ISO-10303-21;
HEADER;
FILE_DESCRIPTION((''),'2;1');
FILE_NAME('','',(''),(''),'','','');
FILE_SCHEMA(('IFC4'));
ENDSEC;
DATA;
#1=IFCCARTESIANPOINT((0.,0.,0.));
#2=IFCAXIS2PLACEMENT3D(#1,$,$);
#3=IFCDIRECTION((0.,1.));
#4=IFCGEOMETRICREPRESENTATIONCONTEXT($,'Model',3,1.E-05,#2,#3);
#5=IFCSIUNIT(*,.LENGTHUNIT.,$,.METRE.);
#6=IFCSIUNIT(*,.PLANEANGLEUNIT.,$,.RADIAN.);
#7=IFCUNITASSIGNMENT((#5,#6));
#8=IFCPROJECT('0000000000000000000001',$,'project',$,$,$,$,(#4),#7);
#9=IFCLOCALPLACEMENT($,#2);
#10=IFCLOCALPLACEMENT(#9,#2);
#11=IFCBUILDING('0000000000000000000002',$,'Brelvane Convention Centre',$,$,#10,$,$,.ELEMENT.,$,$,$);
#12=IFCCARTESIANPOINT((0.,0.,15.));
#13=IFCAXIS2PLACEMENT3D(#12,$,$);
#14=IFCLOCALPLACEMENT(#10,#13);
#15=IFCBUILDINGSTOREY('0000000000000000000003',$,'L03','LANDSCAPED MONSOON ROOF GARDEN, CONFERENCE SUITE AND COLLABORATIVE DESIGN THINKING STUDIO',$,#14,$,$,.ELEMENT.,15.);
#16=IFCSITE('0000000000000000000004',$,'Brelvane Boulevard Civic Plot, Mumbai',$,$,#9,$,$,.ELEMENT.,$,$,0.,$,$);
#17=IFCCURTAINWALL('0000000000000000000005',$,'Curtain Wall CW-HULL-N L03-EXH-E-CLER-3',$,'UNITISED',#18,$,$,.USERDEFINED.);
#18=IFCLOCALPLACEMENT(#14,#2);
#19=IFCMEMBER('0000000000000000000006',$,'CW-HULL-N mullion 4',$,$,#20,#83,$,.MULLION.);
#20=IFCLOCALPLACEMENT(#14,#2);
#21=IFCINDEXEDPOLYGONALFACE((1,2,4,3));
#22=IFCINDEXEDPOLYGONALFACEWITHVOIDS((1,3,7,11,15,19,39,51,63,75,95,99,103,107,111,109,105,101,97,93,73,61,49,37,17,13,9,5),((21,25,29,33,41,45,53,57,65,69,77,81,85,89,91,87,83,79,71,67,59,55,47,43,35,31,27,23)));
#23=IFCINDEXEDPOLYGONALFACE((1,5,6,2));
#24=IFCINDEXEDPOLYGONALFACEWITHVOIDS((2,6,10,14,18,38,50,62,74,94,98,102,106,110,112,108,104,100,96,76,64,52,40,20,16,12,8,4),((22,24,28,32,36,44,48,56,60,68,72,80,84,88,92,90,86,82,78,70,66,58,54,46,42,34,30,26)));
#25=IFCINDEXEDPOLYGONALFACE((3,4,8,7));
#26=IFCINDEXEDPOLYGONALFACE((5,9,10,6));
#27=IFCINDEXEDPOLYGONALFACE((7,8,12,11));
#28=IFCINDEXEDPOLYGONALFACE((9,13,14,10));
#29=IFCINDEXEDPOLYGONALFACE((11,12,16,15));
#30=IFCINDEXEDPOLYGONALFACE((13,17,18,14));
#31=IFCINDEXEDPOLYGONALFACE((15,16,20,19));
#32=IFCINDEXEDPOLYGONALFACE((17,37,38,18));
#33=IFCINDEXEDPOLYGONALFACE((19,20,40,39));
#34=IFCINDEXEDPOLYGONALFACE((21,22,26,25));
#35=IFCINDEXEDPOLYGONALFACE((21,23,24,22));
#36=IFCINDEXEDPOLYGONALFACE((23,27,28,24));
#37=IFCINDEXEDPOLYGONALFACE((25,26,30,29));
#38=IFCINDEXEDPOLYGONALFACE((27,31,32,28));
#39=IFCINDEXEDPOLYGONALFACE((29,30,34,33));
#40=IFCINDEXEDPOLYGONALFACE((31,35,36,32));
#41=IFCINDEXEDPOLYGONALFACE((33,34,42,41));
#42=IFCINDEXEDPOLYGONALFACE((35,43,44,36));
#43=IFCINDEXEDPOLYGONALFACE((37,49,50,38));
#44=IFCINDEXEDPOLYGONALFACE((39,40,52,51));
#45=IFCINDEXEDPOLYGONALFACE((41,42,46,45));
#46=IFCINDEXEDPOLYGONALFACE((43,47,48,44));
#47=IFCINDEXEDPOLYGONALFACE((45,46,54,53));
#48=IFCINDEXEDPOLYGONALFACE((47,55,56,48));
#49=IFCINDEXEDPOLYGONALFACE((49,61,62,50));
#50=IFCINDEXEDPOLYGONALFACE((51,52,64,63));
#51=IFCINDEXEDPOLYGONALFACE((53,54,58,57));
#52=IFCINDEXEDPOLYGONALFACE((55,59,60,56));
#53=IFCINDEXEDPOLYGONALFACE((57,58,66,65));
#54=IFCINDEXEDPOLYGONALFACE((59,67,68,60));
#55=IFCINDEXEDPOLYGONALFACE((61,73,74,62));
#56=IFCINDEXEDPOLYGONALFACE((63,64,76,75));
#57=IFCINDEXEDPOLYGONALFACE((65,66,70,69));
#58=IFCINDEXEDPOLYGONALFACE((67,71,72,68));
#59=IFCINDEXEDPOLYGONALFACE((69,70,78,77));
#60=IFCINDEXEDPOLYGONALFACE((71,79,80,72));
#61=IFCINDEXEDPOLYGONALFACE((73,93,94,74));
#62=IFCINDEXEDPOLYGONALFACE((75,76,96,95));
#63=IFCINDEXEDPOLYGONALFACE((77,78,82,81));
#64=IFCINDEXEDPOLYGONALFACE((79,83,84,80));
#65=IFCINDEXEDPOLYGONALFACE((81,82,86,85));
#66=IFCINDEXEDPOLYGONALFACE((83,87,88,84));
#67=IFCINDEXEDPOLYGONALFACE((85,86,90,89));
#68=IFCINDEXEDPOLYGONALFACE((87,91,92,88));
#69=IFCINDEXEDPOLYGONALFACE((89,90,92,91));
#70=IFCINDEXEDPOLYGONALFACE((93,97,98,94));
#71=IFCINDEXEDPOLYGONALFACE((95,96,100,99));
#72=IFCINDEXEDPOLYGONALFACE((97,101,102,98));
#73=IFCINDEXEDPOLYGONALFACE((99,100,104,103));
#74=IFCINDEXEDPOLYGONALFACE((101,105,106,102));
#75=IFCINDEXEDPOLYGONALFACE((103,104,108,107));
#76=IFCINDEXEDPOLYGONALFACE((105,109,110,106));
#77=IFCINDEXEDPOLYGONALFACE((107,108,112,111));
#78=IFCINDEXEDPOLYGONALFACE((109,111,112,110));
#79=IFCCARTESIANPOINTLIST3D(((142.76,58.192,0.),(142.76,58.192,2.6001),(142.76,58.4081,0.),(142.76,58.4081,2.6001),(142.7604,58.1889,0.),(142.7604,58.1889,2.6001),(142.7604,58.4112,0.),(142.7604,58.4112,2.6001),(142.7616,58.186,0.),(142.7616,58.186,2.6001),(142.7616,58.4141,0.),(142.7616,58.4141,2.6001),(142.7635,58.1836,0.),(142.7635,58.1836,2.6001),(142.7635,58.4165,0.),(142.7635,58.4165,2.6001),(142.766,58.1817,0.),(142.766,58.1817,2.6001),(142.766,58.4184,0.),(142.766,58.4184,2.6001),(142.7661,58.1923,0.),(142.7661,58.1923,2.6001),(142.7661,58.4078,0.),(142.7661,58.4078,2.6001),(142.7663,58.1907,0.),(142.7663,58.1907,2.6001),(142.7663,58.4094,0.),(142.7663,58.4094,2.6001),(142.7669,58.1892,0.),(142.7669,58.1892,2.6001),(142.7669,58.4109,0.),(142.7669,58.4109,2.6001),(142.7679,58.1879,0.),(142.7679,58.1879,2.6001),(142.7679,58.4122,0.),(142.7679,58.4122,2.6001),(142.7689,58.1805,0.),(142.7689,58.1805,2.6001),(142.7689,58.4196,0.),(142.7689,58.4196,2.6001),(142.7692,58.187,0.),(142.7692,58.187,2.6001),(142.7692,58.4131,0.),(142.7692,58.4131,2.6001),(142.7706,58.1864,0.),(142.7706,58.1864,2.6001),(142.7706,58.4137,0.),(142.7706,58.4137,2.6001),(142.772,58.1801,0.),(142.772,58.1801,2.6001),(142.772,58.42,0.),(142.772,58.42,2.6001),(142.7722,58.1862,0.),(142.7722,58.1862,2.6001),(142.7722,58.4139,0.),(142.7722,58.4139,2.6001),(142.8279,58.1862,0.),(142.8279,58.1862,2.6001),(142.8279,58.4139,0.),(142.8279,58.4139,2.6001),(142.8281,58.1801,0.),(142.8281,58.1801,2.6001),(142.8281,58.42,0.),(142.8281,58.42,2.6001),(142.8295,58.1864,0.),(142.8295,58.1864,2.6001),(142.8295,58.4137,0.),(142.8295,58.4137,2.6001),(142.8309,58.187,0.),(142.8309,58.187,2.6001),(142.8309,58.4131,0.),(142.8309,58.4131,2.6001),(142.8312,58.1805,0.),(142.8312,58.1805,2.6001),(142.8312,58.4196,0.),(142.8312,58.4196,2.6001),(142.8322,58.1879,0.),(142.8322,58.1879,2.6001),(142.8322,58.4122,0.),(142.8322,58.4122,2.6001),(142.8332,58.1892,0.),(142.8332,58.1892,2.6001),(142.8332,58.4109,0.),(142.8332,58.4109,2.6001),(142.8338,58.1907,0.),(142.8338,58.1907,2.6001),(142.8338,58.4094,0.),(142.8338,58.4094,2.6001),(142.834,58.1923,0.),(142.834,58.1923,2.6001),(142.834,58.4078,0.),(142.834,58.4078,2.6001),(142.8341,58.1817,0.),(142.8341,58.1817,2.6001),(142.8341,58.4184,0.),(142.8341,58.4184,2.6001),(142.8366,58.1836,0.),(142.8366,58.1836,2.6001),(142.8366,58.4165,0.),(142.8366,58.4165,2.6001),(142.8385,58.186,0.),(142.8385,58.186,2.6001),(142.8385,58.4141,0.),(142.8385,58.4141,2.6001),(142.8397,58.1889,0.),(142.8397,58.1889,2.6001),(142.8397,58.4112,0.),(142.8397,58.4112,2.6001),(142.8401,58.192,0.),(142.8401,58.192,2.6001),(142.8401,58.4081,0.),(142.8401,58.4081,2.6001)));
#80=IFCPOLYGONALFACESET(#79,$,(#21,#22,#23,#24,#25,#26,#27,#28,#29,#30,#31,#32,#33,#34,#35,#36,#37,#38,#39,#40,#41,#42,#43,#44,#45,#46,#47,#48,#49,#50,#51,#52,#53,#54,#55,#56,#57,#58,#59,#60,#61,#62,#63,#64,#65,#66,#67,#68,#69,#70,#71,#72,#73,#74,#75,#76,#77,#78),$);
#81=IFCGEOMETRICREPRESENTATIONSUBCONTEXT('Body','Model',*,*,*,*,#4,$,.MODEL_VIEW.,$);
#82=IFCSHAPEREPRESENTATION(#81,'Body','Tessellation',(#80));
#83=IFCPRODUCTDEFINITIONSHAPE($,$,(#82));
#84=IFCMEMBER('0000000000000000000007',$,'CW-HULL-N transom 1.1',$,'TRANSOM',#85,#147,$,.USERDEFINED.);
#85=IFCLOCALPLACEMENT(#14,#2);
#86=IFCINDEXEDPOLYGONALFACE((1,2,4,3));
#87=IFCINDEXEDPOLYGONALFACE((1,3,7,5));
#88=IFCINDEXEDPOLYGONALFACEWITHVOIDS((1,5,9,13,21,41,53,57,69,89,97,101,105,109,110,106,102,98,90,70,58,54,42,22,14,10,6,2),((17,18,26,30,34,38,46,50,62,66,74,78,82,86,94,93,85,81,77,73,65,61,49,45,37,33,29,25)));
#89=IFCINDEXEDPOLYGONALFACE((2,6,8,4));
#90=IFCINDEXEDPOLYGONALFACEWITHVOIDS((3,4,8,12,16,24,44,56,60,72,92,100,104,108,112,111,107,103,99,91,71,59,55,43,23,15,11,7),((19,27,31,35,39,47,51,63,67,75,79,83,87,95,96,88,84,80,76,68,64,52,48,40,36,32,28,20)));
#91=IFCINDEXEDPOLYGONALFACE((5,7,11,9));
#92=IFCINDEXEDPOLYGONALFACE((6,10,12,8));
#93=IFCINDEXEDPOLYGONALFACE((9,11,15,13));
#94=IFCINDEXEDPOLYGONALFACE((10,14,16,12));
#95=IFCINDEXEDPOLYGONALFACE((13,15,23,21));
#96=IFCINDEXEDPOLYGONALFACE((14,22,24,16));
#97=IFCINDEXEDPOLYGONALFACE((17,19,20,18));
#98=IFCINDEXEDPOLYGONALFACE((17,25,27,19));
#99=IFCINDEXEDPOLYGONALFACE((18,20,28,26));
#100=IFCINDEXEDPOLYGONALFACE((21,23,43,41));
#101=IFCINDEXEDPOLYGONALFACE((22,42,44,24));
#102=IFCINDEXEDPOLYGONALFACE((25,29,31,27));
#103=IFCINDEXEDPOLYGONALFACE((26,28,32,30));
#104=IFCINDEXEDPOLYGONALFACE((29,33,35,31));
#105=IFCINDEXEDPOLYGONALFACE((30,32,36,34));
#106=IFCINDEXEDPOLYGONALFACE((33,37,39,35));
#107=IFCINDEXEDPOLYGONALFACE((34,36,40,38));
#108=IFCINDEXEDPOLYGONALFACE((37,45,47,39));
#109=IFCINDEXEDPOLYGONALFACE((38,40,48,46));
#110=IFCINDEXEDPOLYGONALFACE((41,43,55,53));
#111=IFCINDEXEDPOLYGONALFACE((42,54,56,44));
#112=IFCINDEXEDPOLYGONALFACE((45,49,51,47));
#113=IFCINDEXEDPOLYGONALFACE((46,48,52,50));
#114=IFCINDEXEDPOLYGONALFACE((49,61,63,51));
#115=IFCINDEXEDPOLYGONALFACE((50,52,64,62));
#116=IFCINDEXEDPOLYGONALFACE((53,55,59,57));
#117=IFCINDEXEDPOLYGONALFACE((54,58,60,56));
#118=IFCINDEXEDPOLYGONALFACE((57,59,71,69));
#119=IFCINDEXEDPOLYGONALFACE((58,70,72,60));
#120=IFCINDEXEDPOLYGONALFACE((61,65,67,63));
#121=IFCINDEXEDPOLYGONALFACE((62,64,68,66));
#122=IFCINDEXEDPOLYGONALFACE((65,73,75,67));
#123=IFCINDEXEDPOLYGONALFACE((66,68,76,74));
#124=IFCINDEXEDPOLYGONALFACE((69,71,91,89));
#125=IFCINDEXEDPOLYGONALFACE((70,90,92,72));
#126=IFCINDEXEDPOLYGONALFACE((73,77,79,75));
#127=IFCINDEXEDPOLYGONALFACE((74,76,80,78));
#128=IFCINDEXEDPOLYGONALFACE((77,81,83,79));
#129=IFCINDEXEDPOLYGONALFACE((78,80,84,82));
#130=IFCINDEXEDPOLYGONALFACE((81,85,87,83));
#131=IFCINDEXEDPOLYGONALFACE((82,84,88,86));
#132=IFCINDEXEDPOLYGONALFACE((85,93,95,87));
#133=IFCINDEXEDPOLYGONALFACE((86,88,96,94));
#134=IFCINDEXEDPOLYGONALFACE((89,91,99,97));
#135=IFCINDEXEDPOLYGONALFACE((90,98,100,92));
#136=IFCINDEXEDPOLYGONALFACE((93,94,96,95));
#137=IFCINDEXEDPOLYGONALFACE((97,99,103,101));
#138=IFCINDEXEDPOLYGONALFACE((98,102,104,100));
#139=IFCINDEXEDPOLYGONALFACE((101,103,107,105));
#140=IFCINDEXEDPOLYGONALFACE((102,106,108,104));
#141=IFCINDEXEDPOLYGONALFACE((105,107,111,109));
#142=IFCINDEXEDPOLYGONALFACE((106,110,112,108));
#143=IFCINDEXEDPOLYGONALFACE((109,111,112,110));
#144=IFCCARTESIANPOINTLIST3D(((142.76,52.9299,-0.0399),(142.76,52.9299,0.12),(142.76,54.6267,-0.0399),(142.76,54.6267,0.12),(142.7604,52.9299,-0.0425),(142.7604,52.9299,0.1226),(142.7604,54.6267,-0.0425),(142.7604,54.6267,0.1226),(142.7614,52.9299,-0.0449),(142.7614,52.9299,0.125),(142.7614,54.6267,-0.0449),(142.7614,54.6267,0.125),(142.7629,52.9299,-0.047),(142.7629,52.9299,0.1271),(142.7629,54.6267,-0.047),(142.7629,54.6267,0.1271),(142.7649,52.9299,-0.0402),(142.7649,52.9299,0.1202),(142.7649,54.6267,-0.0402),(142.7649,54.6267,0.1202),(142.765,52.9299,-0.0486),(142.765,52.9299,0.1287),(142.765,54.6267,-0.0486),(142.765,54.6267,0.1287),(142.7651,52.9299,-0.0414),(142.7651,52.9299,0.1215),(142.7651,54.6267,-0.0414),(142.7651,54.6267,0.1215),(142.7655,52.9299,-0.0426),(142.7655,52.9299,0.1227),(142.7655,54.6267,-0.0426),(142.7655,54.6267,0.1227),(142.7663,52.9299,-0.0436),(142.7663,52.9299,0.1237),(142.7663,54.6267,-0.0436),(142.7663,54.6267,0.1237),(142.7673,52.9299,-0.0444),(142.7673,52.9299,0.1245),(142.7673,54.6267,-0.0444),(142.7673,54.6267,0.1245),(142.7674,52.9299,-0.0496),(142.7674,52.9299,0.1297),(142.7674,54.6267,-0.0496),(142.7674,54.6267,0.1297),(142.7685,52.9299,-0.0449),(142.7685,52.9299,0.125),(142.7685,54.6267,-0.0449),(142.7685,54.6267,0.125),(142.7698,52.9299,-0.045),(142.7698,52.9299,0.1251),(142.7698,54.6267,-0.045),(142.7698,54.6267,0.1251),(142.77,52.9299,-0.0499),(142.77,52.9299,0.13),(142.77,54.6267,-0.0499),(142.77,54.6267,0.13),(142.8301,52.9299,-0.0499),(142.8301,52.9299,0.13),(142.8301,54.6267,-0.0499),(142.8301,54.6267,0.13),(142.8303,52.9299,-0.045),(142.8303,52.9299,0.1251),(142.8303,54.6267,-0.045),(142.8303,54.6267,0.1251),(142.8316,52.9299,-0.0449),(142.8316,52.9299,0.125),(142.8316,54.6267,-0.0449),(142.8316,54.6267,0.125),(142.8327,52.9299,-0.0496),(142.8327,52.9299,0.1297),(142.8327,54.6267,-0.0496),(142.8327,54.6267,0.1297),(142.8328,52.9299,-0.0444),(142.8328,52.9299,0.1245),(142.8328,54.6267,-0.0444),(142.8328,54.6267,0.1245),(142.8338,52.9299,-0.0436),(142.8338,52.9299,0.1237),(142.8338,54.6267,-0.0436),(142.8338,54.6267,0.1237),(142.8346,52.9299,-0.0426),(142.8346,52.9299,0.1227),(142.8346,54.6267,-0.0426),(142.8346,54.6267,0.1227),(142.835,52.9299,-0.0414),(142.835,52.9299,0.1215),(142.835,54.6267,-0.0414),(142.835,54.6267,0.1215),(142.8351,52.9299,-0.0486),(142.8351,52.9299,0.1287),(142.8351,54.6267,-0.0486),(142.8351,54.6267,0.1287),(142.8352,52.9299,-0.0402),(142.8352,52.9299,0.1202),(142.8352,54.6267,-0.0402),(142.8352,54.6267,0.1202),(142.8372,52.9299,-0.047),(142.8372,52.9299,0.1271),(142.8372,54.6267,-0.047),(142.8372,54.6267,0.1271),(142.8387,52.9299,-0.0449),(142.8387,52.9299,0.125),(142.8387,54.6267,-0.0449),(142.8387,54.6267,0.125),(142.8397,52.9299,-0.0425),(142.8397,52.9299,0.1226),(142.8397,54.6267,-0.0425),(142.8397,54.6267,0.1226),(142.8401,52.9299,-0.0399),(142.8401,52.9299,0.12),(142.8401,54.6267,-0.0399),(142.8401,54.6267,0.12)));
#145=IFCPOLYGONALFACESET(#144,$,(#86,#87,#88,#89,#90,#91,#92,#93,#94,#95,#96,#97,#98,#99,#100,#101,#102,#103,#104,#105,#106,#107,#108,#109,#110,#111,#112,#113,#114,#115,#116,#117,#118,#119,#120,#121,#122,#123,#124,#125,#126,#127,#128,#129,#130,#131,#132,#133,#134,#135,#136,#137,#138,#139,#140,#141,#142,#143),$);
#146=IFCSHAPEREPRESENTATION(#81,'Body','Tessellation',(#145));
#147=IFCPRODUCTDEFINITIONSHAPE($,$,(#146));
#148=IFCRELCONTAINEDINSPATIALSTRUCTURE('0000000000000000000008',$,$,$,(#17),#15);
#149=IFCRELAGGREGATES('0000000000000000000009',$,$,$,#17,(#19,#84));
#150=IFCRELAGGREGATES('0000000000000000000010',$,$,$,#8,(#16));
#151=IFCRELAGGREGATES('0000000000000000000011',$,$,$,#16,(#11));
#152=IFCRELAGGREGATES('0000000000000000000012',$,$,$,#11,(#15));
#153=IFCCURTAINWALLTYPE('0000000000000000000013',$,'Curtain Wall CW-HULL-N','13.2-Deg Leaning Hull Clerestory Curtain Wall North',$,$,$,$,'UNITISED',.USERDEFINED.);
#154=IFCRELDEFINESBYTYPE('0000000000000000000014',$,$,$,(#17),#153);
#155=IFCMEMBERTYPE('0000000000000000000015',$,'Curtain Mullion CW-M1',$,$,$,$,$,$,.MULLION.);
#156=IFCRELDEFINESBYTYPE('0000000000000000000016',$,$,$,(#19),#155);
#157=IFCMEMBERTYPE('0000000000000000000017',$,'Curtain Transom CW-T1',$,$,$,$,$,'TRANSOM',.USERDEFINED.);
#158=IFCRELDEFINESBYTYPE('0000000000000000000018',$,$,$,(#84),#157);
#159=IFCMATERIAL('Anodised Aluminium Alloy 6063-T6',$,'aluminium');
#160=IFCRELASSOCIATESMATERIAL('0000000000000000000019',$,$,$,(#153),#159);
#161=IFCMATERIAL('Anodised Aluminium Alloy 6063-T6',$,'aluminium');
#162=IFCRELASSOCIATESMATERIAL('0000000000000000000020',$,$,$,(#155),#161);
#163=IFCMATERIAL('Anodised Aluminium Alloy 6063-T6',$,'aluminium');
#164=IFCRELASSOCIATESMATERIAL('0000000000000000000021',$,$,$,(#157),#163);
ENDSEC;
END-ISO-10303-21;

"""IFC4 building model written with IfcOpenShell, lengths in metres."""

from ifc_helpers import new_model, si_unit, direction, frame, origin, origin_2d, place, context, subcontext, project, spatial, hollow_rectangle, extrude, material, material_profile, profile_set, type_object, element, aggregate, save


model = new_model("IFC4")

# Units and contexts
model_context = context("Model", 3, precision=1e-05, world=origin(), true_north=direction((0.0, 1.0)))
body_context = subcontext(model_context, "Body", "Model", "MODEL_VIEW")
ifc_project = project(units=[si_unit("LENGTHUNIT", "METRE"), si_unit("PLANEANGLEUNIT", "RADIAN")], contexts=[model_context])

# Site, building, storey
site_placement = place(None, origin())
site = spatial("IfcSite", under=ifc_project, at=site_placement, Name="Brelvane Boulevard Civic Plot, Mumbai", CompositionType="ELEMENT", RefElevation=0.0)
building_placement = place(site_placement, origin())
building = spatial("IfcBuilding", under=site, at=building_placement, Name="Brelvane Convention Centre", CompositionType="ELEMENT")
storey_placement = place(building_placement, frame((0.0, 0.0, 15.0)))
storey = spatial("IfcBuildingStorey", under=building, at=storey_placement, Name="L03", Description="LANDSCAPED MONSOON ROOF GARDEN, CONFERENCE SUITE AND COLLABORATIVE DESIGN THINKING STUDIO", CompositionType="ELEMENT", Elevation=15.0)

# Curtain wall, members
ifc_material_1 = material(Name="Anodised Aluminium Alloy 6063-T6", Category="aluminium")
curtain_wall_type = type_object("IfcCurtainWallType", Name="Curtain Wall CW-HULL-N", Description="13.2-Deg Leaning Hull Clerestory Curtain Wall North", ElementType="UNITISED", PredefinedType="USERDEFINED", material=ifc_material_1)
curtain_wall_placement = place(storey_placement, origin())
curtain_wall = element("IfcCurtainWall", 1, at=curtain_wall_placement, inside=storey, type_object=curtain_wall_type, Name="Curtain Wall CW-HULL-N L03-EXH-E-CLER-3", ObjectType="UNITISED", PredefinedType="USERDEFINED")
ifc_material_2 = material(Name="Anodised Aluminium Alloy 6063-T6", Category="aluminium")
ifc_material_profile_1 = material_profile(ifc_material_2, hollow_rectangle(XDim=0.0801, YDim=0.24, WallThickness=0.0061, InnerFilletRadius=0.0061, OuterFilletRadius=0.012, at=origin_2d()), Name="ALU-M 240x80x6.0")
ifc_profile_set_1 = profile_set([ifc_material_profile_1], Name="Anodised Aluminium Alloy 6063-T6")
member_type_1 = type_object("IfcMemberType", Name="Curtain Mullion CW-M1", PredefinedType="MULLION", material=ifc_profile_set_1)
member_1_placement = place(storey_placement, frame((142.8, 58.3, 0.0), z_axis=(0.0, 0.0, 1.0), x_axis=(-1.0, 0.0, 0.0)))
member_1 = element("IfcMember", 2, at=member_1_placement, type_object=member_type_1, Name="CW-HULL-N mullion 4", PredefinedType="MULLION", context=body_context, shape_type="SweptSolid", body=[
    extrude(hollow_rectangle(XDim=0.0801, YDim=0.24, WallThickness=0.0061, InnerFilletRadius=0.0061, OuterFilletRadius=0.012, at=origin_2d()), origin(), (0.0, 0.0, 1.0), 2.6001),
])
ifc_material_3 = material(Name="Anodised Aluminium Alloy 6063-T6", Category="aluminium")
ifc_material_profile_2 = material_profile(ifc_material_3, hollow_rectangle(XDim=0.0801, YDim=0.1799, WallThickness=0.0049, InnerFilletRadius=0.0049, OuterFilletRadius=0.01, at=origin_2d()), Name="ALU-T 180x80x5.0")
ifc_profile_set_2 = profile_set([ifc_material_profile_2], Name="Anodised Aluminium Alloy 6063-T6")
member_type_2 = type_object("IfcMemberType", Name="Curtain Transom CW-T1", ElementType="TRANSOM", PredefinedType="USERDEFINED", material=ifc_profile_set_2)
member_2_placement = place(storey_placement, frame((142.8, 52.9299, 0.04), z_axis=(0.0, 1.0, 0.0), x_axis=(-1.0, 0.0, 0.0)))
member_2 = element("IfcMember", 3, at=member_2_placement, type_object=member_type_2, Name="CW-HULL-N transom 1.1", ObjectType="TRANSOM", PredefinedType="USERDEFINED", context=body_context, shape_type="SweptSolid", body=[
    extrude(hollow_rectangle(XDim=0.0801, YDim=0.1799, WallThickness=0.0049, InnerFilletRadius=0.0049, OuterFilletRadius=0.01, at=origin_2d()), origin(), (0.0, 0.0, 1.0), 1.6968),
])

aggregate(curtain_wall, [member_1, member_2])

save(model, "model.ifc")
